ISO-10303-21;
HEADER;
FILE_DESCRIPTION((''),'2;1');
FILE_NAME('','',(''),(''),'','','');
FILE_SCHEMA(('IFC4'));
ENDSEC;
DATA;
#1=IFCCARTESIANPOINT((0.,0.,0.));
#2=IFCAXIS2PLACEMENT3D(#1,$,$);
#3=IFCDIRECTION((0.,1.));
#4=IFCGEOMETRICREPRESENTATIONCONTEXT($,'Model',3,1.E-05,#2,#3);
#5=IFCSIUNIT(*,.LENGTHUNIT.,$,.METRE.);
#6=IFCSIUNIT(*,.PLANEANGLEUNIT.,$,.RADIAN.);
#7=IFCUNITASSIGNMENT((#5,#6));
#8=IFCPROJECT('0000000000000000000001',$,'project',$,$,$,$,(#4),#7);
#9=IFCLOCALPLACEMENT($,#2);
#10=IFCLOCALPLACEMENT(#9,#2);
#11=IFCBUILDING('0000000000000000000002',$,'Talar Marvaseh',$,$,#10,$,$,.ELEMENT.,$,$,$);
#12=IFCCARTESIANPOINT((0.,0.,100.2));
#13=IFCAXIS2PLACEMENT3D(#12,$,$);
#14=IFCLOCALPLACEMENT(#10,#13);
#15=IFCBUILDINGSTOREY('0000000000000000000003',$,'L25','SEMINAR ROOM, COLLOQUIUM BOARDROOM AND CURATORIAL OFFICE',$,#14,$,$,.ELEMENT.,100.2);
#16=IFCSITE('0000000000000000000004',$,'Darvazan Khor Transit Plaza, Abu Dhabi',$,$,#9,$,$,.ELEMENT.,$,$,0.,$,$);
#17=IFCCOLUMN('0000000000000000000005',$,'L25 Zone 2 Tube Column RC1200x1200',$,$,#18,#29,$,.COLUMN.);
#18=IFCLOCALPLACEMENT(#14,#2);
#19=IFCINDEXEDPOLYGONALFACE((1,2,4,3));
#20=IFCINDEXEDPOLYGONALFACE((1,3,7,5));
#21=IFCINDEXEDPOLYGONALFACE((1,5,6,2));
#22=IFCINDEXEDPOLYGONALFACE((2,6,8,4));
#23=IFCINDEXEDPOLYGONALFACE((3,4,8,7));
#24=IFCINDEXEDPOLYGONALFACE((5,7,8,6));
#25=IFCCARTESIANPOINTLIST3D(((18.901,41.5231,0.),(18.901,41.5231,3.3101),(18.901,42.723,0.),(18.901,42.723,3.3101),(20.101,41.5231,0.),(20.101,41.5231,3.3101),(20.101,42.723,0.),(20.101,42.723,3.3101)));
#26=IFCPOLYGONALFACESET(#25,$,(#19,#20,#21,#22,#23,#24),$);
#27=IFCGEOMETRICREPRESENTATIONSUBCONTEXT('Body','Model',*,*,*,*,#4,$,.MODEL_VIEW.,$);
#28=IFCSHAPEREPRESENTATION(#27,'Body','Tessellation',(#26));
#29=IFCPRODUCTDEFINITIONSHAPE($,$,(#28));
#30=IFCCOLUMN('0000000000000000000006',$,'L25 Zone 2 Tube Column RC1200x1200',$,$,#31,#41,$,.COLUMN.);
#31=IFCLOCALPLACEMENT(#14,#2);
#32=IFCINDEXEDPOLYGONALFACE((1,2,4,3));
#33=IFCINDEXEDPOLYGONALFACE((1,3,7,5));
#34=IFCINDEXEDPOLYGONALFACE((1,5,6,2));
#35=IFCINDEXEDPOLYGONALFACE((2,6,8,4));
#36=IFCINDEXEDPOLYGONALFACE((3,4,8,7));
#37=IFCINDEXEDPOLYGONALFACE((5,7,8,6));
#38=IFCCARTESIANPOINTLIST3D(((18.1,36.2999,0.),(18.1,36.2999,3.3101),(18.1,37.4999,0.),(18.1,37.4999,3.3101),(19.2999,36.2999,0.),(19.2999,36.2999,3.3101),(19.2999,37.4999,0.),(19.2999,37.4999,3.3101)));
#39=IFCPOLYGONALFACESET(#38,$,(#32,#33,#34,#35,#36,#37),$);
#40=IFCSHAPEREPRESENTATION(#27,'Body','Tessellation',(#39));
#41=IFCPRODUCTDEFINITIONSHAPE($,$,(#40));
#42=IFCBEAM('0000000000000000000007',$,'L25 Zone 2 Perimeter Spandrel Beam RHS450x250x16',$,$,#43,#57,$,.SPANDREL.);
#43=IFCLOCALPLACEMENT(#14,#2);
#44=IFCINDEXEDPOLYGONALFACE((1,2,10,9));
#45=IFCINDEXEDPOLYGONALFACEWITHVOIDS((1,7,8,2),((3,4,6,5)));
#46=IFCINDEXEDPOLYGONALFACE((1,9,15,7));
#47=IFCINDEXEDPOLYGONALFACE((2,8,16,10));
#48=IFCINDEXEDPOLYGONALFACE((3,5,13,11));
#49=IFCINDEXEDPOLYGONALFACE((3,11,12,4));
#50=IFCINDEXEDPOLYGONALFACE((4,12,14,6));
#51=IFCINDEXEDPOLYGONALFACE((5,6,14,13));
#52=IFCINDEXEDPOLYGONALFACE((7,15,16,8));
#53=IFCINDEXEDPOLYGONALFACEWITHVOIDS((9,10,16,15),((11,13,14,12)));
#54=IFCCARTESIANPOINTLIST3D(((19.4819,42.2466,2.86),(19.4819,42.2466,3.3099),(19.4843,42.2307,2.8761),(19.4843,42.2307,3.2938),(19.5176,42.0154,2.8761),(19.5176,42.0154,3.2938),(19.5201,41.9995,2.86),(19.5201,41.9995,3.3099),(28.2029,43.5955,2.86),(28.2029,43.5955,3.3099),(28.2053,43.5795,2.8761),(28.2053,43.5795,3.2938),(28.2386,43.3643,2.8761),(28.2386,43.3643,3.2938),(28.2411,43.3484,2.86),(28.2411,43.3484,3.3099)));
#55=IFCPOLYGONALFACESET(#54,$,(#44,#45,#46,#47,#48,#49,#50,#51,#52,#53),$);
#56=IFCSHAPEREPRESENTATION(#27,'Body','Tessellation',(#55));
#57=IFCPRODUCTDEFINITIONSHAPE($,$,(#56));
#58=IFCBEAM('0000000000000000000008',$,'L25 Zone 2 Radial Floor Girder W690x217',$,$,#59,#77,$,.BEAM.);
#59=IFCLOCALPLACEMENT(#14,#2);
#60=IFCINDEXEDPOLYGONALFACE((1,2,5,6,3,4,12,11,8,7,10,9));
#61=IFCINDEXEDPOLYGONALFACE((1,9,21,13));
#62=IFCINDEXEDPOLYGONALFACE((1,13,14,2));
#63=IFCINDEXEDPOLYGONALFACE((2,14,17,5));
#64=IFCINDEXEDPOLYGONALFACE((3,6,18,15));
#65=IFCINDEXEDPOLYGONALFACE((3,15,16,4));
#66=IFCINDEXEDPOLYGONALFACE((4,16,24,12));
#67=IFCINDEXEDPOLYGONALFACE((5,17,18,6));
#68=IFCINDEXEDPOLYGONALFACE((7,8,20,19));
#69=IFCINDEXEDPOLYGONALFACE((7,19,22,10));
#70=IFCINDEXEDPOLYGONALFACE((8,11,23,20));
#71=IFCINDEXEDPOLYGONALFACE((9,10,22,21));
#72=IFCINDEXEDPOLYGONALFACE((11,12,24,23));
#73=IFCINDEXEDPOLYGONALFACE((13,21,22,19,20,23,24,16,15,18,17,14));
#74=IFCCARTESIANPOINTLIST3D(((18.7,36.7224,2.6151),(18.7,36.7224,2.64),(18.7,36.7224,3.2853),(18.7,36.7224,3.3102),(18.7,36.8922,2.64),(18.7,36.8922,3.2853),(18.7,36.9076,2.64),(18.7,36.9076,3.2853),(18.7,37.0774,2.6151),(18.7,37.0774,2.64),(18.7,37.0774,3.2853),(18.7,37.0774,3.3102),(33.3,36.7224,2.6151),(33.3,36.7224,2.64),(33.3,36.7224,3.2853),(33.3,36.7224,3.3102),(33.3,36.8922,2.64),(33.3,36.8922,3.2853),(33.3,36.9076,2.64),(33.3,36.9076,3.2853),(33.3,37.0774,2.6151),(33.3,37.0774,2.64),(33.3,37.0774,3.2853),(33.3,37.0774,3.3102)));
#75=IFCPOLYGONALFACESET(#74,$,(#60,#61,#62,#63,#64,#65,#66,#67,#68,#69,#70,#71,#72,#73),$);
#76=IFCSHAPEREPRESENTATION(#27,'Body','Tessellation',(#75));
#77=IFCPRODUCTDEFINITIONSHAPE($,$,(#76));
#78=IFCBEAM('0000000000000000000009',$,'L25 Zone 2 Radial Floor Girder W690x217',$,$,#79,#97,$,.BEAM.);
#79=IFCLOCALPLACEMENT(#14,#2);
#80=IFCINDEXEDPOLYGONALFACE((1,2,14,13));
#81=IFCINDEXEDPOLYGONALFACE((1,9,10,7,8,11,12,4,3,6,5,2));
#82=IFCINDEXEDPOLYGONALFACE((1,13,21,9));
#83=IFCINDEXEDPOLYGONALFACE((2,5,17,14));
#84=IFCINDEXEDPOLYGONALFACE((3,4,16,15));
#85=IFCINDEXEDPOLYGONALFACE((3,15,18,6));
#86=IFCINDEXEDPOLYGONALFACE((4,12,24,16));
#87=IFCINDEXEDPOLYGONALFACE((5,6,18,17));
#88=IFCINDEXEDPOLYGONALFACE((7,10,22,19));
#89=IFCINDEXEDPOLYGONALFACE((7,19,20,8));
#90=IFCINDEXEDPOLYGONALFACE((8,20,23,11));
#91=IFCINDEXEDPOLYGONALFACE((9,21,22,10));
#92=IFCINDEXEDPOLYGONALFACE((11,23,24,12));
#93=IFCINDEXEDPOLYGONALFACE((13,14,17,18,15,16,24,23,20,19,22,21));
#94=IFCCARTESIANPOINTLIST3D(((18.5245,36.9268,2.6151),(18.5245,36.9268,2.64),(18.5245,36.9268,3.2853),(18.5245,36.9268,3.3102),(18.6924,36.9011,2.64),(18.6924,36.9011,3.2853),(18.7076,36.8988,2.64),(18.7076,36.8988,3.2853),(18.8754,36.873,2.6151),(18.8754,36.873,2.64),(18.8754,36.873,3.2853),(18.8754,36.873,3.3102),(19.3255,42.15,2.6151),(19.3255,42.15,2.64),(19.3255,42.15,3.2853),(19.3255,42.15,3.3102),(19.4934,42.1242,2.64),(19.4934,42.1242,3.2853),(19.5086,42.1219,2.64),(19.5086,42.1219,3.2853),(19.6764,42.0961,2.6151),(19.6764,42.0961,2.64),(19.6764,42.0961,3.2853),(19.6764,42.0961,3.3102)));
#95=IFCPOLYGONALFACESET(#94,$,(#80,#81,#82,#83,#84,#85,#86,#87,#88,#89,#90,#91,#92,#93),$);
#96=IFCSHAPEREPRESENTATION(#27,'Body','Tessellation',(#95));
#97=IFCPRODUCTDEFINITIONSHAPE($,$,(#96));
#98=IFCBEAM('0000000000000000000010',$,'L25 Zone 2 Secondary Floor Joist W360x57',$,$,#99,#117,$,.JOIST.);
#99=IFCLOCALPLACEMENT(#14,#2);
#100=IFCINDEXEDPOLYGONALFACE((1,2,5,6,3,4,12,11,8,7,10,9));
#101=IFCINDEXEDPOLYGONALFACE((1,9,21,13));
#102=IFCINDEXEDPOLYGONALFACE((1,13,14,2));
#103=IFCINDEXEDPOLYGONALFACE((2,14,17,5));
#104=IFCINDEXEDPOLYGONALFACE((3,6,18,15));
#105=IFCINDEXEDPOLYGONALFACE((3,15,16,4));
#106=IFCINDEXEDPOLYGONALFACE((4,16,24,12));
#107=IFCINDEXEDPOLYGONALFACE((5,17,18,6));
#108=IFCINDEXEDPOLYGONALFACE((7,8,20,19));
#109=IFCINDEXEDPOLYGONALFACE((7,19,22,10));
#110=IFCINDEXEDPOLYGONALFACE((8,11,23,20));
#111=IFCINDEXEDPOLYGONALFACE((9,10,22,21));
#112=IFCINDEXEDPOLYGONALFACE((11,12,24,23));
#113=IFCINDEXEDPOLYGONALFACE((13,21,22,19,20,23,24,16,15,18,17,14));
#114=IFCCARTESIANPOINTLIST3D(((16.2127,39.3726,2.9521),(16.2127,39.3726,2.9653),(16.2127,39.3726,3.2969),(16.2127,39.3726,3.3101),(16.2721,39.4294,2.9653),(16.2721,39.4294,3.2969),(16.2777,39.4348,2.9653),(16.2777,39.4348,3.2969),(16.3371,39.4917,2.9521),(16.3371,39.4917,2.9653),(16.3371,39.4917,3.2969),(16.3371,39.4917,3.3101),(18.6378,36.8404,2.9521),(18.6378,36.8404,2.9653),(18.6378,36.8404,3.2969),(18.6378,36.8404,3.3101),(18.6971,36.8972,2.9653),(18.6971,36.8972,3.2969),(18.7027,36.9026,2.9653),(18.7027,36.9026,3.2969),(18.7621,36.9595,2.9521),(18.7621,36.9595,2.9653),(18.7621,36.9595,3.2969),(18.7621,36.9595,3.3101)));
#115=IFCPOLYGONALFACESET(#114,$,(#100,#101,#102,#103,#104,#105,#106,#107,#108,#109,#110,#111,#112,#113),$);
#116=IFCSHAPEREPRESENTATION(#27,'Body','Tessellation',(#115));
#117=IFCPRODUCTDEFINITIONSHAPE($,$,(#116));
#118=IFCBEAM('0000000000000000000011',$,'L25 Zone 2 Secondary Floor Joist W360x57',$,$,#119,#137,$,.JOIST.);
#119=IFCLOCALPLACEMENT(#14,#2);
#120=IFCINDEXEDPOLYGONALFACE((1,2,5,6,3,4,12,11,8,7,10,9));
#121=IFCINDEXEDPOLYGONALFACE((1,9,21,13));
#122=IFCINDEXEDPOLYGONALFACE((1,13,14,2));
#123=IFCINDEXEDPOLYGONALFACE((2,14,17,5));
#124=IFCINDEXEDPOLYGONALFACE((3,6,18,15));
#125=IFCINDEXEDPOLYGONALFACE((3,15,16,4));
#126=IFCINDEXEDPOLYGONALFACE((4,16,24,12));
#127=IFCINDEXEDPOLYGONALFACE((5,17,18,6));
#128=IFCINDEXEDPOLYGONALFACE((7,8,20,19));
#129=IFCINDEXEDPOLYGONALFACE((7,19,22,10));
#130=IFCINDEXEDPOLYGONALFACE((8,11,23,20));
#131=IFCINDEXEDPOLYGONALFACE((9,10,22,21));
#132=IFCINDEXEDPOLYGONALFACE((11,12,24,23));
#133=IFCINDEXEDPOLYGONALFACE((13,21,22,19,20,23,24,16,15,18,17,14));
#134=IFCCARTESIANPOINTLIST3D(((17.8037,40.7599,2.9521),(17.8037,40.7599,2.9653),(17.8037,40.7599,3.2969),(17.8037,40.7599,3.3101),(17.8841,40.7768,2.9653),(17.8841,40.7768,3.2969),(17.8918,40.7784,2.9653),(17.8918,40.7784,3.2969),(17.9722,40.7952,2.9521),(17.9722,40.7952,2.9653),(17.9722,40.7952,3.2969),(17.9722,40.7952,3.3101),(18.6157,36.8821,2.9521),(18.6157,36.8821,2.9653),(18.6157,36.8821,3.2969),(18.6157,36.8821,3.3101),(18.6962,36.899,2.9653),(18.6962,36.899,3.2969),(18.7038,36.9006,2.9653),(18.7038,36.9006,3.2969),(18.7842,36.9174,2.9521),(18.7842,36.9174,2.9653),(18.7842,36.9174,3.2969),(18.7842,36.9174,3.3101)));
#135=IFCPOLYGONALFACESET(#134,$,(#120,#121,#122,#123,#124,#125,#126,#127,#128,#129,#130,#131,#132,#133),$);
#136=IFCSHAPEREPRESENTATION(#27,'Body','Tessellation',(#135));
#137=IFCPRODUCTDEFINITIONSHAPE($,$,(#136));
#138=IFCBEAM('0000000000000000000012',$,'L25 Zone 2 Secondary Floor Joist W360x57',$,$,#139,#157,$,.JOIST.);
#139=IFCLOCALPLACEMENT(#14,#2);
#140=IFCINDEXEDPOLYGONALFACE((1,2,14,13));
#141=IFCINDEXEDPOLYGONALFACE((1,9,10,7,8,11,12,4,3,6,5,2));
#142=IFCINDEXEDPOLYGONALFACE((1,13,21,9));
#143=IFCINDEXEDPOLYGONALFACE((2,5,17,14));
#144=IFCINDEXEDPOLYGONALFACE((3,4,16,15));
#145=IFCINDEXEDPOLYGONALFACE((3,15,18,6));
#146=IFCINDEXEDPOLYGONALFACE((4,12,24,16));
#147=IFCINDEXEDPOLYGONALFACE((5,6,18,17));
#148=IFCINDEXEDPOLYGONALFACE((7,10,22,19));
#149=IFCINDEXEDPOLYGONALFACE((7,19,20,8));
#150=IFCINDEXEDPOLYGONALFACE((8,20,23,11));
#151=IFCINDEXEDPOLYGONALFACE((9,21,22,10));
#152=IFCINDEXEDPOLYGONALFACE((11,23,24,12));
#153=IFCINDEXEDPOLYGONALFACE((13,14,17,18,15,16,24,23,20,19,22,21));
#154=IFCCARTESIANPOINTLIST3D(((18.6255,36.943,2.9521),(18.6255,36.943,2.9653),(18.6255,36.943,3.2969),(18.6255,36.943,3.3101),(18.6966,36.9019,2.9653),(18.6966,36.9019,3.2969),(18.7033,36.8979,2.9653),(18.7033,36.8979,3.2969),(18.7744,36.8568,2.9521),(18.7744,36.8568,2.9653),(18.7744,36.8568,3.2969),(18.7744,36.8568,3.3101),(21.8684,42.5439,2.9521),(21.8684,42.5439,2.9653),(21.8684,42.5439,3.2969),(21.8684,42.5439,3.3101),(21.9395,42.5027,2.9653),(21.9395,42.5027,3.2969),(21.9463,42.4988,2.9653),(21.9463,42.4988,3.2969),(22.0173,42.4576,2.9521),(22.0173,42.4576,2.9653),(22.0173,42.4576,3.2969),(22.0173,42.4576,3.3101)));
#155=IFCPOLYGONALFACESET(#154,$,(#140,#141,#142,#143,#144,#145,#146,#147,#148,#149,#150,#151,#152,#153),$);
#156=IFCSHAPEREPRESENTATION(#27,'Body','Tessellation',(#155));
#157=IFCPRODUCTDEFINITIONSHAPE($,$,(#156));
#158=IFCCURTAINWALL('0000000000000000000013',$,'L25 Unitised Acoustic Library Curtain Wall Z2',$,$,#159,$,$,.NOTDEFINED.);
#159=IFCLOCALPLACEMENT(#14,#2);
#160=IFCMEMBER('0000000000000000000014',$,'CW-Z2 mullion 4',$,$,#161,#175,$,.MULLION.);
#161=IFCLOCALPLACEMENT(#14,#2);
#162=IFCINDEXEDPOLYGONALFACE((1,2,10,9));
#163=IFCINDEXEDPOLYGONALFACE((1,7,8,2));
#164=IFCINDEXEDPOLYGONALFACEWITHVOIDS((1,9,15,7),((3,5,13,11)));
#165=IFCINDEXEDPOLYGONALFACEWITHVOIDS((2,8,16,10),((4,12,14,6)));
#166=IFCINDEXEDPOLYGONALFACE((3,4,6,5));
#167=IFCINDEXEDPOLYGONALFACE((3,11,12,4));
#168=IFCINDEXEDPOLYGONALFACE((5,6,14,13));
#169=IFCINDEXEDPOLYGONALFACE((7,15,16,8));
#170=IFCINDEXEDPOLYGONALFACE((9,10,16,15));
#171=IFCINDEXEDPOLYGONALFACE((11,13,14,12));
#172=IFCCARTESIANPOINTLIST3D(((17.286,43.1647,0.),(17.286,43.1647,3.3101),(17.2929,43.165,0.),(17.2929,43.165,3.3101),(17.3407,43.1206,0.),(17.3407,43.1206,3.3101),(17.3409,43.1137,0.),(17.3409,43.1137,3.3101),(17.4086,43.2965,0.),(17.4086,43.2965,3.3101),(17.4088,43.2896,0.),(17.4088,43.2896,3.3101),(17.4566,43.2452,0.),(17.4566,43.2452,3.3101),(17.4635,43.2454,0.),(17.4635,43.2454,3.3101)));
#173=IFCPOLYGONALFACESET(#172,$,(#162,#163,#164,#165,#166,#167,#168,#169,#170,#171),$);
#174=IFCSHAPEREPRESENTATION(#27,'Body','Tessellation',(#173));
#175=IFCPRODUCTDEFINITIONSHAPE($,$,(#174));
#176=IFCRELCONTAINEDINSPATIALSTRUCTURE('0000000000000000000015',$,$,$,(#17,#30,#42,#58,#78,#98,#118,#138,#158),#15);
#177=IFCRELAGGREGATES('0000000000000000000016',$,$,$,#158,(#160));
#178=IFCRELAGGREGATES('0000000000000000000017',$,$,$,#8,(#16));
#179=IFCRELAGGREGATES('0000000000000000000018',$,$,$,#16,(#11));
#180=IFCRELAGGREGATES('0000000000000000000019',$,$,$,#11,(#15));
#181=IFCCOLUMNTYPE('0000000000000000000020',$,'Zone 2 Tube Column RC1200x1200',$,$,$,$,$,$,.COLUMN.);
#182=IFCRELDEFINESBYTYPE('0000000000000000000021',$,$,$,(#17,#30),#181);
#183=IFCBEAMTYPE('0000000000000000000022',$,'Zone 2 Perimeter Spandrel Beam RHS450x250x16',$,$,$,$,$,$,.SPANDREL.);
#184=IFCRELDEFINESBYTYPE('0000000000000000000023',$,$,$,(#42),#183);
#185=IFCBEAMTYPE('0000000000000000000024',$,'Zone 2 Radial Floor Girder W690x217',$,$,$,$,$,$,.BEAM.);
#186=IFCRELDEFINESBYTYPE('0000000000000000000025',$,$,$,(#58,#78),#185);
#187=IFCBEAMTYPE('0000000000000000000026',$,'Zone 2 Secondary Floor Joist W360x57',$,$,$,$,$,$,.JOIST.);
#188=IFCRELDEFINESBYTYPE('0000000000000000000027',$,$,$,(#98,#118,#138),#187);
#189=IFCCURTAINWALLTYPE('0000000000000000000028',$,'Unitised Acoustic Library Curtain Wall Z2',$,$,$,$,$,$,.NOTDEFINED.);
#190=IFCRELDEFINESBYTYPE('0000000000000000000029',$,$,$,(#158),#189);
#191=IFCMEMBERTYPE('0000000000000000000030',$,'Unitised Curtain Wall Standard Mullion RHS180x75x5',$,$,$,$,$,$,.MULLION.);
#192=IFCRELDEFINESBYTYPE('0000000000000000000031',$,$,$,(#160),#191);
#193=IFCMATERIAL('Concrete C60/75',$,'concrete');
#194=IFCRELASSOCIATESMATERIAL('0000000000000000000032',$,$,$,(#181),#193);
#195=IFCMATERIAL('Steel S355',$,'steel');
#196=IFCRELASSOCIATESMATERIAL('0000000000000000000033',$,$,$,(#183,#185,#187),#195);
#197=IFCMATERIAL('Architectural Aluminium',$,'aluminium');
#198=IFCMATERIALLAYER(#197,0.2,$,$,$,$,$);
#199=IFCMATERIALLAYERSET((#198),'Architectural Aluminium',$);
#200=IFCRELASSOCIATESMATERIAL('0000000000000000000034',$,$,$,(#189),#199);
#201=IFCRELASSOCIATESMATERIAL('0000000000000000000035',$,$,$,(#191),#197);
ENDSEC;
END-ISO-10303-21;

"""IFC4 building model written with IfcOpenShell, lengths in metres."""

from ifc_helpers import new_model, si_unit, direction, frame, origin, origin_2d, place, context, subcontext, project, spatial, rectangle, hollow_rectangle, i_section, extrude, source, transform, mapped, material, layer, layer_set, material_profile, profile_set, type_object, type_shapes, element, aggregate, save


model = new_model("IFC4")

# Units and contexts
model_context = context("Model", 3, precision=1e-05, world=origin(), true_north=direction((0.0, 1.0)))
body_context = subcontext(model_context, "Body", "Model", "MODEL_VIEW")
ifc_project = project(units=[si_unit("LENGTHUNIT", "METRE"), si_unit("PLANEANGLEUNIT", "RADIAN")], contexts=[model_context])

# Site, building, storey
site_placement = place(None, origin())
site = spatial("IfcSite", under=ifc_project, at=site_placement, Name="Darvazan Khor Transit Plaza, Abu Dhabi", CompositionType="ELEMENT", RefElevation=0.0)
building_placement = place(site_placement, origin())
building = spatial("IfcBuilding", under=site, at=building_placement, Name="Talar Marvaseh", CompositionType="ELEMENT")
storey_placement = place(building_placement, frame((0.0, 0.0, 100.2)))
storey = spatial("IfcBuildingStorey", under=building, at=storey_placement, Name="L25", Description="SEMINAR ROOM, COLLOQUIUM BOARDROOM AND CURATORIAL OFFICE", CompositionType="ELEMENT", Elevation=100.2)

# Columns
ifc_material_1 = material(Name="Concrete C60/75", Category="concrete")
ifc_material_profile_1 = material_profile(ifc_material_1, rectangle(XDim=1.2, YDim=1.2, at=origin_2d()), Name="RC1200x1200")
ifc_profile_set_1 = profile_set([ifc_material_profile_1], Name="Concrete C60/75")
column_type = type_object("IfcColumnType", Name="Zone 2 Tube Column RC1200x1200", PredefinedType="COLUMN", material=ifc_profile_set_1)
for number, where, z_axis, x_axis, name in (
    (1, (19.501, 42.123, 0.0), (0.0, 0.0, 1.0), (1.0, 0.0, 0.0), "L25 Zone 2 Tube Column RC1200x1200"),
    (2, (18.7, 36.8999, 0.0), (0.0, 0.0, 1.0), (1.0, 0.0, 0.0), "L25 Zone 2 Tube Column RC1200x1200"),
):
    element("IfcColumn", number, at=place(storey_placement, frame(where, z_axis=z_axis, x_axis=x_axis)), inside=storey, type_object=column_type, Name=name, PredefinedType="COLUMN", context=body_context, shape_type="SweptSolid", body=[
        extrude(rectangle(XDim=1.2, YDim=1.2, at=origin_2d()), origin(), (0.0, 0.0, 1.0), 3.3101),
    ])

# Beams
ifc_material_2 = material(Name="Steel S355", Category="steel")
ifc_material_profile_2 = material_profile(ifc_material_2, hollow_rectangle(XDim=0.25, YDim=0.45, WallThickness=0.0161, at=origin_2d()), Name="RHS450x250x16")
ifc_profile_set_2 = profile_set([ifc_material_profile_2], Name="Steel S355")
beam_type_1 = type_object("IfcBeamType", Name="Zone 2 Perimeter Spandrel Beam RHS450x250x16", PredefinedType="SPANDREL", material=ifc_profile_set_2)
beam_1_placement = place(storey_placement, frame((19.501, 42.123, 3.085), z_axis=(0.988249, 0.152853, 0.0), x_axis=(-0.152853, 0.988249, 0.0)))
element("IfcBeam", 3, at=beam_1_placement, inside=storey, type_object=beam_type_1, Name="L25 Zone 2 Perimeter Spandrel Beam RHS450x250x16", PredefinedType="SPANDREL", context=body_context, shape_type="SweptSolid", body=[
    extrude(hollow_rectangle(XDim=0.25, YDim=0.45, WallThickness=0.0161, at=origin_2d()), origin(), (0.0, 0.0, 1.0), 8.8247),
])
ifc_material_profile_3 = material_profile(ifc_material_2, i_section(OverallWidth=0.355, OverallDepth=0.6951, WebThickness=0.0154, FlangeThickness=0.0249, at=origin_2d()), Name="W690x217")
ifc_profile_set_3 = profile_set([ifc_material_profile_3], Name="Steel S355")
beam_type_2 = type_object("IfcBeamType", Name="Zone 2 Radial Floor Girder W690x217", PredefinedType="BEAM", material=ifc_profile_set_3)
beam_2_placement = place(storey_placement, frame((18.7, 36.8999, 2.9626), z_axis=(1.0, 0.0, 0.0), x_axis=(0.0, 1.0, 0.0)))
element("IfcBeam", 4, at=beam_2_placement, inside=storey, type_object=beam_type_2, Name="L25 Zone 2 Radial Floor Girder W690x217", PredefinedType="BEAM", context=body_context, shape_type="SweptSolid", body=[
    extrude(i_section(OverallWidth=0.355, OverallDepth=0.6951, WebThickness=0.0154, FlangeThickness=0.0249, at=origin_2d()), origin(), (0.0, 0.0, 1.0), 14.6001),
])
beam_3_placement = place(storey_placement, frame((19.501, 42.123, 2.9626), z_axis=(-0.151588, -0.988444, 0.0), x_axis=(0.988444, -0.151588, 0.0)))
element("IfcBeam", 5, at=beam_3_placement, inside=storey, type_object=beam_type_2, Name="L25 Zone 2 Radial Floor Girder W690x217", PredefinedType="BEAM", context=body_context, shape_type="SweptSolid", body=[
    extrude(i_section(OverallWidth=0.355, OverallDepth=0.6951, WebThickness=0.0154, FlangeThickness=0.0249, at=origin_2d()), origin(), (0.0, 0.0, 1.0), 5.2842),
])
ifc_material_profile_4 = material_profile(ifc_material_2, i_section(OverallWidth=0.1721, OverallDepth=0.3579, WebThickness=0.0078, FlangeThickness=0.0132, at=origin_2d()), Name="W360x57")
ifc_profile_set_4 = profile_set([ifc_material_profile_4], Name="Steel S355")
beam_type_3 = type_object("IfcBeamType", Name="Zone 2 Secondary Floor Joist W360x57", PredefinedType="JOIST", material=ifc_profile_set_4)
beam_4_placement = place(storey_placement, frame((16.2749, 39.4321, 3.1311), z_axis=(0.691657, -0.722226, 0.0), x_axis=(0.722226, 0.691657, 0.0)))
element("IfcBeam", 6, at=beam_4_placement, inside=storey, type_object=beam_type_3, Name="L25 Zone 2 Secondary Floor Joist W360x57", PredefinedType="JOIST", context=body_context, shape_type="SweptSolid", body=[
    extrude(i_section(OverallWidth=0.1721, OverallDepth=0.3579, WebThickness=0.0078, FlangeThickness=0.0132, at=origin_2d()), origin(), (0.0, 0.0, 1.0), 3.5061),
])
beam_5_placement = place(storey_placement, frame((17.8879, 40.7776, 3.1311), z_axis=(0.204961, -0.97877, 0.0), x_axis=(0.97877, 0.204961, 0.0)))
element("IfcBeam", 7, at=beam_5_placement, inside=storey, type_object=beam_type_3, Name="L25 Zone 2 Secondary Floor Joist W360x57", PredefinedType="JOIST", context=body_context, shape_type="SweptSolid", body=[
    extrude(i_section(OverallWidth=0.1721, OverallDepth=0.3579, WebThickness=0.0078, FlangeThickness=0.0132, at=origin_2d()), origin(), (0.0, 0.0, 1.0), 3.9619),
])
beam_6_placement = place(storey_placement, frame((21.9429, 42.5007, 3.1311), z_axis=(-0.501075, -0.865404, 0.0), x_axis=(0.865404, -0.501075, 0.0)))
element("IfcBeam", 8, at=beam_6_placement, inside=storey, type_object=beam_type_3, Name="L25 Zone 2 Secondary Floor Joist W360x57", PredefinedType="JOIST", context=body_context, shape_type="SweptSolid", body=[
    extrude(i_section(OverallWidth=0.1721, OverallDepth=0.3579, WebThickness=0.0078, FlangeThickness=0.0132, at=origin_2d()), origin(), (0.0, 0.0, 1.0), 6.4719),
])

# Curtain wall, member
ifc_material_3 = material(Name="Architectural Aluminium", Category="aluminium")
ifc_layer_1 = layer(ifc_material_3, 0.2)
ifc_layer_set_1 = layer_set([ifc_layer_1], Name="Architectural Aluminium")
curtain_wall_type = type_object("IfcCurtainWallType", Name="Unitised Acoustic Library Curtain Wall Z2", PredefinedType="NOTDEFINED", material=ifc_layer_set_1)
curtain_wall_1_placement = place(storey_placement, origin())
curtain_wall_1 = element("IfcCurtainWall", 9, at=curtain_wall_1_placement, inside=storey, type_object=curtain_wall_type, Name="L25 Unitised Acoustic Library Curtain Wall Z2", PredefinedType="NOTDEFINED")
ifc_material_profile_5 = material_profile(ifc_material_3, hollow_rectangle(XDim=0.075, YDim=0.1799, WallThickness=0.0049, at=origin_2d()), Name="RHS180x75x5")
ifc_profile_set_5 = profile_set([ifc_material_profile_5], Name="Architectural Aluminium")
member_type_1 = type_object("IfcMemberType", Name="Unitised Curtain Wall Standard Mullion RHS180x75x5", PredefinedType="MULLION", material=ifc_profile_set_5)
shared_shape_1 = source(origin(), body_context, "Body", "SweptSolid", [
    extrude(hollow_rectangle(XDim=0.075, YDim=0.1799, WallThickness=0.0049, at=origin_2d()), origin(), (0.0, 0.0, 1.0), 3.3101),
])
type_shapes(member_type_1, [shared_shape_1])
member_1_placement = place(storey_placement, frame((17.3748, 43.2051, 0.0), z_axis=(0.0, 0.0, 1.0), x_axis=(-0.73216, 0.681133, 0.0)))
member_1 = element("IfcMember", 10, at=member_1_placement, type_object=member_type_1, Name="CW-Z2 mullion 4", PredefinedType="MULLION", context=body_context, shape_type="MappedRepresentation", body=[
    mapped(shared_shape_1, transform((0.0, 0.0, 0.0), x_axis=(1.0, 0.0, 0.0), y_axis=(0.0, 1.0, 0.0), z_axis=(0.0, 0.0, 1.0), scale=1.0)),
])
aggregate(curtain_wall_1, [member_1])

save(model, "model.ifc")
